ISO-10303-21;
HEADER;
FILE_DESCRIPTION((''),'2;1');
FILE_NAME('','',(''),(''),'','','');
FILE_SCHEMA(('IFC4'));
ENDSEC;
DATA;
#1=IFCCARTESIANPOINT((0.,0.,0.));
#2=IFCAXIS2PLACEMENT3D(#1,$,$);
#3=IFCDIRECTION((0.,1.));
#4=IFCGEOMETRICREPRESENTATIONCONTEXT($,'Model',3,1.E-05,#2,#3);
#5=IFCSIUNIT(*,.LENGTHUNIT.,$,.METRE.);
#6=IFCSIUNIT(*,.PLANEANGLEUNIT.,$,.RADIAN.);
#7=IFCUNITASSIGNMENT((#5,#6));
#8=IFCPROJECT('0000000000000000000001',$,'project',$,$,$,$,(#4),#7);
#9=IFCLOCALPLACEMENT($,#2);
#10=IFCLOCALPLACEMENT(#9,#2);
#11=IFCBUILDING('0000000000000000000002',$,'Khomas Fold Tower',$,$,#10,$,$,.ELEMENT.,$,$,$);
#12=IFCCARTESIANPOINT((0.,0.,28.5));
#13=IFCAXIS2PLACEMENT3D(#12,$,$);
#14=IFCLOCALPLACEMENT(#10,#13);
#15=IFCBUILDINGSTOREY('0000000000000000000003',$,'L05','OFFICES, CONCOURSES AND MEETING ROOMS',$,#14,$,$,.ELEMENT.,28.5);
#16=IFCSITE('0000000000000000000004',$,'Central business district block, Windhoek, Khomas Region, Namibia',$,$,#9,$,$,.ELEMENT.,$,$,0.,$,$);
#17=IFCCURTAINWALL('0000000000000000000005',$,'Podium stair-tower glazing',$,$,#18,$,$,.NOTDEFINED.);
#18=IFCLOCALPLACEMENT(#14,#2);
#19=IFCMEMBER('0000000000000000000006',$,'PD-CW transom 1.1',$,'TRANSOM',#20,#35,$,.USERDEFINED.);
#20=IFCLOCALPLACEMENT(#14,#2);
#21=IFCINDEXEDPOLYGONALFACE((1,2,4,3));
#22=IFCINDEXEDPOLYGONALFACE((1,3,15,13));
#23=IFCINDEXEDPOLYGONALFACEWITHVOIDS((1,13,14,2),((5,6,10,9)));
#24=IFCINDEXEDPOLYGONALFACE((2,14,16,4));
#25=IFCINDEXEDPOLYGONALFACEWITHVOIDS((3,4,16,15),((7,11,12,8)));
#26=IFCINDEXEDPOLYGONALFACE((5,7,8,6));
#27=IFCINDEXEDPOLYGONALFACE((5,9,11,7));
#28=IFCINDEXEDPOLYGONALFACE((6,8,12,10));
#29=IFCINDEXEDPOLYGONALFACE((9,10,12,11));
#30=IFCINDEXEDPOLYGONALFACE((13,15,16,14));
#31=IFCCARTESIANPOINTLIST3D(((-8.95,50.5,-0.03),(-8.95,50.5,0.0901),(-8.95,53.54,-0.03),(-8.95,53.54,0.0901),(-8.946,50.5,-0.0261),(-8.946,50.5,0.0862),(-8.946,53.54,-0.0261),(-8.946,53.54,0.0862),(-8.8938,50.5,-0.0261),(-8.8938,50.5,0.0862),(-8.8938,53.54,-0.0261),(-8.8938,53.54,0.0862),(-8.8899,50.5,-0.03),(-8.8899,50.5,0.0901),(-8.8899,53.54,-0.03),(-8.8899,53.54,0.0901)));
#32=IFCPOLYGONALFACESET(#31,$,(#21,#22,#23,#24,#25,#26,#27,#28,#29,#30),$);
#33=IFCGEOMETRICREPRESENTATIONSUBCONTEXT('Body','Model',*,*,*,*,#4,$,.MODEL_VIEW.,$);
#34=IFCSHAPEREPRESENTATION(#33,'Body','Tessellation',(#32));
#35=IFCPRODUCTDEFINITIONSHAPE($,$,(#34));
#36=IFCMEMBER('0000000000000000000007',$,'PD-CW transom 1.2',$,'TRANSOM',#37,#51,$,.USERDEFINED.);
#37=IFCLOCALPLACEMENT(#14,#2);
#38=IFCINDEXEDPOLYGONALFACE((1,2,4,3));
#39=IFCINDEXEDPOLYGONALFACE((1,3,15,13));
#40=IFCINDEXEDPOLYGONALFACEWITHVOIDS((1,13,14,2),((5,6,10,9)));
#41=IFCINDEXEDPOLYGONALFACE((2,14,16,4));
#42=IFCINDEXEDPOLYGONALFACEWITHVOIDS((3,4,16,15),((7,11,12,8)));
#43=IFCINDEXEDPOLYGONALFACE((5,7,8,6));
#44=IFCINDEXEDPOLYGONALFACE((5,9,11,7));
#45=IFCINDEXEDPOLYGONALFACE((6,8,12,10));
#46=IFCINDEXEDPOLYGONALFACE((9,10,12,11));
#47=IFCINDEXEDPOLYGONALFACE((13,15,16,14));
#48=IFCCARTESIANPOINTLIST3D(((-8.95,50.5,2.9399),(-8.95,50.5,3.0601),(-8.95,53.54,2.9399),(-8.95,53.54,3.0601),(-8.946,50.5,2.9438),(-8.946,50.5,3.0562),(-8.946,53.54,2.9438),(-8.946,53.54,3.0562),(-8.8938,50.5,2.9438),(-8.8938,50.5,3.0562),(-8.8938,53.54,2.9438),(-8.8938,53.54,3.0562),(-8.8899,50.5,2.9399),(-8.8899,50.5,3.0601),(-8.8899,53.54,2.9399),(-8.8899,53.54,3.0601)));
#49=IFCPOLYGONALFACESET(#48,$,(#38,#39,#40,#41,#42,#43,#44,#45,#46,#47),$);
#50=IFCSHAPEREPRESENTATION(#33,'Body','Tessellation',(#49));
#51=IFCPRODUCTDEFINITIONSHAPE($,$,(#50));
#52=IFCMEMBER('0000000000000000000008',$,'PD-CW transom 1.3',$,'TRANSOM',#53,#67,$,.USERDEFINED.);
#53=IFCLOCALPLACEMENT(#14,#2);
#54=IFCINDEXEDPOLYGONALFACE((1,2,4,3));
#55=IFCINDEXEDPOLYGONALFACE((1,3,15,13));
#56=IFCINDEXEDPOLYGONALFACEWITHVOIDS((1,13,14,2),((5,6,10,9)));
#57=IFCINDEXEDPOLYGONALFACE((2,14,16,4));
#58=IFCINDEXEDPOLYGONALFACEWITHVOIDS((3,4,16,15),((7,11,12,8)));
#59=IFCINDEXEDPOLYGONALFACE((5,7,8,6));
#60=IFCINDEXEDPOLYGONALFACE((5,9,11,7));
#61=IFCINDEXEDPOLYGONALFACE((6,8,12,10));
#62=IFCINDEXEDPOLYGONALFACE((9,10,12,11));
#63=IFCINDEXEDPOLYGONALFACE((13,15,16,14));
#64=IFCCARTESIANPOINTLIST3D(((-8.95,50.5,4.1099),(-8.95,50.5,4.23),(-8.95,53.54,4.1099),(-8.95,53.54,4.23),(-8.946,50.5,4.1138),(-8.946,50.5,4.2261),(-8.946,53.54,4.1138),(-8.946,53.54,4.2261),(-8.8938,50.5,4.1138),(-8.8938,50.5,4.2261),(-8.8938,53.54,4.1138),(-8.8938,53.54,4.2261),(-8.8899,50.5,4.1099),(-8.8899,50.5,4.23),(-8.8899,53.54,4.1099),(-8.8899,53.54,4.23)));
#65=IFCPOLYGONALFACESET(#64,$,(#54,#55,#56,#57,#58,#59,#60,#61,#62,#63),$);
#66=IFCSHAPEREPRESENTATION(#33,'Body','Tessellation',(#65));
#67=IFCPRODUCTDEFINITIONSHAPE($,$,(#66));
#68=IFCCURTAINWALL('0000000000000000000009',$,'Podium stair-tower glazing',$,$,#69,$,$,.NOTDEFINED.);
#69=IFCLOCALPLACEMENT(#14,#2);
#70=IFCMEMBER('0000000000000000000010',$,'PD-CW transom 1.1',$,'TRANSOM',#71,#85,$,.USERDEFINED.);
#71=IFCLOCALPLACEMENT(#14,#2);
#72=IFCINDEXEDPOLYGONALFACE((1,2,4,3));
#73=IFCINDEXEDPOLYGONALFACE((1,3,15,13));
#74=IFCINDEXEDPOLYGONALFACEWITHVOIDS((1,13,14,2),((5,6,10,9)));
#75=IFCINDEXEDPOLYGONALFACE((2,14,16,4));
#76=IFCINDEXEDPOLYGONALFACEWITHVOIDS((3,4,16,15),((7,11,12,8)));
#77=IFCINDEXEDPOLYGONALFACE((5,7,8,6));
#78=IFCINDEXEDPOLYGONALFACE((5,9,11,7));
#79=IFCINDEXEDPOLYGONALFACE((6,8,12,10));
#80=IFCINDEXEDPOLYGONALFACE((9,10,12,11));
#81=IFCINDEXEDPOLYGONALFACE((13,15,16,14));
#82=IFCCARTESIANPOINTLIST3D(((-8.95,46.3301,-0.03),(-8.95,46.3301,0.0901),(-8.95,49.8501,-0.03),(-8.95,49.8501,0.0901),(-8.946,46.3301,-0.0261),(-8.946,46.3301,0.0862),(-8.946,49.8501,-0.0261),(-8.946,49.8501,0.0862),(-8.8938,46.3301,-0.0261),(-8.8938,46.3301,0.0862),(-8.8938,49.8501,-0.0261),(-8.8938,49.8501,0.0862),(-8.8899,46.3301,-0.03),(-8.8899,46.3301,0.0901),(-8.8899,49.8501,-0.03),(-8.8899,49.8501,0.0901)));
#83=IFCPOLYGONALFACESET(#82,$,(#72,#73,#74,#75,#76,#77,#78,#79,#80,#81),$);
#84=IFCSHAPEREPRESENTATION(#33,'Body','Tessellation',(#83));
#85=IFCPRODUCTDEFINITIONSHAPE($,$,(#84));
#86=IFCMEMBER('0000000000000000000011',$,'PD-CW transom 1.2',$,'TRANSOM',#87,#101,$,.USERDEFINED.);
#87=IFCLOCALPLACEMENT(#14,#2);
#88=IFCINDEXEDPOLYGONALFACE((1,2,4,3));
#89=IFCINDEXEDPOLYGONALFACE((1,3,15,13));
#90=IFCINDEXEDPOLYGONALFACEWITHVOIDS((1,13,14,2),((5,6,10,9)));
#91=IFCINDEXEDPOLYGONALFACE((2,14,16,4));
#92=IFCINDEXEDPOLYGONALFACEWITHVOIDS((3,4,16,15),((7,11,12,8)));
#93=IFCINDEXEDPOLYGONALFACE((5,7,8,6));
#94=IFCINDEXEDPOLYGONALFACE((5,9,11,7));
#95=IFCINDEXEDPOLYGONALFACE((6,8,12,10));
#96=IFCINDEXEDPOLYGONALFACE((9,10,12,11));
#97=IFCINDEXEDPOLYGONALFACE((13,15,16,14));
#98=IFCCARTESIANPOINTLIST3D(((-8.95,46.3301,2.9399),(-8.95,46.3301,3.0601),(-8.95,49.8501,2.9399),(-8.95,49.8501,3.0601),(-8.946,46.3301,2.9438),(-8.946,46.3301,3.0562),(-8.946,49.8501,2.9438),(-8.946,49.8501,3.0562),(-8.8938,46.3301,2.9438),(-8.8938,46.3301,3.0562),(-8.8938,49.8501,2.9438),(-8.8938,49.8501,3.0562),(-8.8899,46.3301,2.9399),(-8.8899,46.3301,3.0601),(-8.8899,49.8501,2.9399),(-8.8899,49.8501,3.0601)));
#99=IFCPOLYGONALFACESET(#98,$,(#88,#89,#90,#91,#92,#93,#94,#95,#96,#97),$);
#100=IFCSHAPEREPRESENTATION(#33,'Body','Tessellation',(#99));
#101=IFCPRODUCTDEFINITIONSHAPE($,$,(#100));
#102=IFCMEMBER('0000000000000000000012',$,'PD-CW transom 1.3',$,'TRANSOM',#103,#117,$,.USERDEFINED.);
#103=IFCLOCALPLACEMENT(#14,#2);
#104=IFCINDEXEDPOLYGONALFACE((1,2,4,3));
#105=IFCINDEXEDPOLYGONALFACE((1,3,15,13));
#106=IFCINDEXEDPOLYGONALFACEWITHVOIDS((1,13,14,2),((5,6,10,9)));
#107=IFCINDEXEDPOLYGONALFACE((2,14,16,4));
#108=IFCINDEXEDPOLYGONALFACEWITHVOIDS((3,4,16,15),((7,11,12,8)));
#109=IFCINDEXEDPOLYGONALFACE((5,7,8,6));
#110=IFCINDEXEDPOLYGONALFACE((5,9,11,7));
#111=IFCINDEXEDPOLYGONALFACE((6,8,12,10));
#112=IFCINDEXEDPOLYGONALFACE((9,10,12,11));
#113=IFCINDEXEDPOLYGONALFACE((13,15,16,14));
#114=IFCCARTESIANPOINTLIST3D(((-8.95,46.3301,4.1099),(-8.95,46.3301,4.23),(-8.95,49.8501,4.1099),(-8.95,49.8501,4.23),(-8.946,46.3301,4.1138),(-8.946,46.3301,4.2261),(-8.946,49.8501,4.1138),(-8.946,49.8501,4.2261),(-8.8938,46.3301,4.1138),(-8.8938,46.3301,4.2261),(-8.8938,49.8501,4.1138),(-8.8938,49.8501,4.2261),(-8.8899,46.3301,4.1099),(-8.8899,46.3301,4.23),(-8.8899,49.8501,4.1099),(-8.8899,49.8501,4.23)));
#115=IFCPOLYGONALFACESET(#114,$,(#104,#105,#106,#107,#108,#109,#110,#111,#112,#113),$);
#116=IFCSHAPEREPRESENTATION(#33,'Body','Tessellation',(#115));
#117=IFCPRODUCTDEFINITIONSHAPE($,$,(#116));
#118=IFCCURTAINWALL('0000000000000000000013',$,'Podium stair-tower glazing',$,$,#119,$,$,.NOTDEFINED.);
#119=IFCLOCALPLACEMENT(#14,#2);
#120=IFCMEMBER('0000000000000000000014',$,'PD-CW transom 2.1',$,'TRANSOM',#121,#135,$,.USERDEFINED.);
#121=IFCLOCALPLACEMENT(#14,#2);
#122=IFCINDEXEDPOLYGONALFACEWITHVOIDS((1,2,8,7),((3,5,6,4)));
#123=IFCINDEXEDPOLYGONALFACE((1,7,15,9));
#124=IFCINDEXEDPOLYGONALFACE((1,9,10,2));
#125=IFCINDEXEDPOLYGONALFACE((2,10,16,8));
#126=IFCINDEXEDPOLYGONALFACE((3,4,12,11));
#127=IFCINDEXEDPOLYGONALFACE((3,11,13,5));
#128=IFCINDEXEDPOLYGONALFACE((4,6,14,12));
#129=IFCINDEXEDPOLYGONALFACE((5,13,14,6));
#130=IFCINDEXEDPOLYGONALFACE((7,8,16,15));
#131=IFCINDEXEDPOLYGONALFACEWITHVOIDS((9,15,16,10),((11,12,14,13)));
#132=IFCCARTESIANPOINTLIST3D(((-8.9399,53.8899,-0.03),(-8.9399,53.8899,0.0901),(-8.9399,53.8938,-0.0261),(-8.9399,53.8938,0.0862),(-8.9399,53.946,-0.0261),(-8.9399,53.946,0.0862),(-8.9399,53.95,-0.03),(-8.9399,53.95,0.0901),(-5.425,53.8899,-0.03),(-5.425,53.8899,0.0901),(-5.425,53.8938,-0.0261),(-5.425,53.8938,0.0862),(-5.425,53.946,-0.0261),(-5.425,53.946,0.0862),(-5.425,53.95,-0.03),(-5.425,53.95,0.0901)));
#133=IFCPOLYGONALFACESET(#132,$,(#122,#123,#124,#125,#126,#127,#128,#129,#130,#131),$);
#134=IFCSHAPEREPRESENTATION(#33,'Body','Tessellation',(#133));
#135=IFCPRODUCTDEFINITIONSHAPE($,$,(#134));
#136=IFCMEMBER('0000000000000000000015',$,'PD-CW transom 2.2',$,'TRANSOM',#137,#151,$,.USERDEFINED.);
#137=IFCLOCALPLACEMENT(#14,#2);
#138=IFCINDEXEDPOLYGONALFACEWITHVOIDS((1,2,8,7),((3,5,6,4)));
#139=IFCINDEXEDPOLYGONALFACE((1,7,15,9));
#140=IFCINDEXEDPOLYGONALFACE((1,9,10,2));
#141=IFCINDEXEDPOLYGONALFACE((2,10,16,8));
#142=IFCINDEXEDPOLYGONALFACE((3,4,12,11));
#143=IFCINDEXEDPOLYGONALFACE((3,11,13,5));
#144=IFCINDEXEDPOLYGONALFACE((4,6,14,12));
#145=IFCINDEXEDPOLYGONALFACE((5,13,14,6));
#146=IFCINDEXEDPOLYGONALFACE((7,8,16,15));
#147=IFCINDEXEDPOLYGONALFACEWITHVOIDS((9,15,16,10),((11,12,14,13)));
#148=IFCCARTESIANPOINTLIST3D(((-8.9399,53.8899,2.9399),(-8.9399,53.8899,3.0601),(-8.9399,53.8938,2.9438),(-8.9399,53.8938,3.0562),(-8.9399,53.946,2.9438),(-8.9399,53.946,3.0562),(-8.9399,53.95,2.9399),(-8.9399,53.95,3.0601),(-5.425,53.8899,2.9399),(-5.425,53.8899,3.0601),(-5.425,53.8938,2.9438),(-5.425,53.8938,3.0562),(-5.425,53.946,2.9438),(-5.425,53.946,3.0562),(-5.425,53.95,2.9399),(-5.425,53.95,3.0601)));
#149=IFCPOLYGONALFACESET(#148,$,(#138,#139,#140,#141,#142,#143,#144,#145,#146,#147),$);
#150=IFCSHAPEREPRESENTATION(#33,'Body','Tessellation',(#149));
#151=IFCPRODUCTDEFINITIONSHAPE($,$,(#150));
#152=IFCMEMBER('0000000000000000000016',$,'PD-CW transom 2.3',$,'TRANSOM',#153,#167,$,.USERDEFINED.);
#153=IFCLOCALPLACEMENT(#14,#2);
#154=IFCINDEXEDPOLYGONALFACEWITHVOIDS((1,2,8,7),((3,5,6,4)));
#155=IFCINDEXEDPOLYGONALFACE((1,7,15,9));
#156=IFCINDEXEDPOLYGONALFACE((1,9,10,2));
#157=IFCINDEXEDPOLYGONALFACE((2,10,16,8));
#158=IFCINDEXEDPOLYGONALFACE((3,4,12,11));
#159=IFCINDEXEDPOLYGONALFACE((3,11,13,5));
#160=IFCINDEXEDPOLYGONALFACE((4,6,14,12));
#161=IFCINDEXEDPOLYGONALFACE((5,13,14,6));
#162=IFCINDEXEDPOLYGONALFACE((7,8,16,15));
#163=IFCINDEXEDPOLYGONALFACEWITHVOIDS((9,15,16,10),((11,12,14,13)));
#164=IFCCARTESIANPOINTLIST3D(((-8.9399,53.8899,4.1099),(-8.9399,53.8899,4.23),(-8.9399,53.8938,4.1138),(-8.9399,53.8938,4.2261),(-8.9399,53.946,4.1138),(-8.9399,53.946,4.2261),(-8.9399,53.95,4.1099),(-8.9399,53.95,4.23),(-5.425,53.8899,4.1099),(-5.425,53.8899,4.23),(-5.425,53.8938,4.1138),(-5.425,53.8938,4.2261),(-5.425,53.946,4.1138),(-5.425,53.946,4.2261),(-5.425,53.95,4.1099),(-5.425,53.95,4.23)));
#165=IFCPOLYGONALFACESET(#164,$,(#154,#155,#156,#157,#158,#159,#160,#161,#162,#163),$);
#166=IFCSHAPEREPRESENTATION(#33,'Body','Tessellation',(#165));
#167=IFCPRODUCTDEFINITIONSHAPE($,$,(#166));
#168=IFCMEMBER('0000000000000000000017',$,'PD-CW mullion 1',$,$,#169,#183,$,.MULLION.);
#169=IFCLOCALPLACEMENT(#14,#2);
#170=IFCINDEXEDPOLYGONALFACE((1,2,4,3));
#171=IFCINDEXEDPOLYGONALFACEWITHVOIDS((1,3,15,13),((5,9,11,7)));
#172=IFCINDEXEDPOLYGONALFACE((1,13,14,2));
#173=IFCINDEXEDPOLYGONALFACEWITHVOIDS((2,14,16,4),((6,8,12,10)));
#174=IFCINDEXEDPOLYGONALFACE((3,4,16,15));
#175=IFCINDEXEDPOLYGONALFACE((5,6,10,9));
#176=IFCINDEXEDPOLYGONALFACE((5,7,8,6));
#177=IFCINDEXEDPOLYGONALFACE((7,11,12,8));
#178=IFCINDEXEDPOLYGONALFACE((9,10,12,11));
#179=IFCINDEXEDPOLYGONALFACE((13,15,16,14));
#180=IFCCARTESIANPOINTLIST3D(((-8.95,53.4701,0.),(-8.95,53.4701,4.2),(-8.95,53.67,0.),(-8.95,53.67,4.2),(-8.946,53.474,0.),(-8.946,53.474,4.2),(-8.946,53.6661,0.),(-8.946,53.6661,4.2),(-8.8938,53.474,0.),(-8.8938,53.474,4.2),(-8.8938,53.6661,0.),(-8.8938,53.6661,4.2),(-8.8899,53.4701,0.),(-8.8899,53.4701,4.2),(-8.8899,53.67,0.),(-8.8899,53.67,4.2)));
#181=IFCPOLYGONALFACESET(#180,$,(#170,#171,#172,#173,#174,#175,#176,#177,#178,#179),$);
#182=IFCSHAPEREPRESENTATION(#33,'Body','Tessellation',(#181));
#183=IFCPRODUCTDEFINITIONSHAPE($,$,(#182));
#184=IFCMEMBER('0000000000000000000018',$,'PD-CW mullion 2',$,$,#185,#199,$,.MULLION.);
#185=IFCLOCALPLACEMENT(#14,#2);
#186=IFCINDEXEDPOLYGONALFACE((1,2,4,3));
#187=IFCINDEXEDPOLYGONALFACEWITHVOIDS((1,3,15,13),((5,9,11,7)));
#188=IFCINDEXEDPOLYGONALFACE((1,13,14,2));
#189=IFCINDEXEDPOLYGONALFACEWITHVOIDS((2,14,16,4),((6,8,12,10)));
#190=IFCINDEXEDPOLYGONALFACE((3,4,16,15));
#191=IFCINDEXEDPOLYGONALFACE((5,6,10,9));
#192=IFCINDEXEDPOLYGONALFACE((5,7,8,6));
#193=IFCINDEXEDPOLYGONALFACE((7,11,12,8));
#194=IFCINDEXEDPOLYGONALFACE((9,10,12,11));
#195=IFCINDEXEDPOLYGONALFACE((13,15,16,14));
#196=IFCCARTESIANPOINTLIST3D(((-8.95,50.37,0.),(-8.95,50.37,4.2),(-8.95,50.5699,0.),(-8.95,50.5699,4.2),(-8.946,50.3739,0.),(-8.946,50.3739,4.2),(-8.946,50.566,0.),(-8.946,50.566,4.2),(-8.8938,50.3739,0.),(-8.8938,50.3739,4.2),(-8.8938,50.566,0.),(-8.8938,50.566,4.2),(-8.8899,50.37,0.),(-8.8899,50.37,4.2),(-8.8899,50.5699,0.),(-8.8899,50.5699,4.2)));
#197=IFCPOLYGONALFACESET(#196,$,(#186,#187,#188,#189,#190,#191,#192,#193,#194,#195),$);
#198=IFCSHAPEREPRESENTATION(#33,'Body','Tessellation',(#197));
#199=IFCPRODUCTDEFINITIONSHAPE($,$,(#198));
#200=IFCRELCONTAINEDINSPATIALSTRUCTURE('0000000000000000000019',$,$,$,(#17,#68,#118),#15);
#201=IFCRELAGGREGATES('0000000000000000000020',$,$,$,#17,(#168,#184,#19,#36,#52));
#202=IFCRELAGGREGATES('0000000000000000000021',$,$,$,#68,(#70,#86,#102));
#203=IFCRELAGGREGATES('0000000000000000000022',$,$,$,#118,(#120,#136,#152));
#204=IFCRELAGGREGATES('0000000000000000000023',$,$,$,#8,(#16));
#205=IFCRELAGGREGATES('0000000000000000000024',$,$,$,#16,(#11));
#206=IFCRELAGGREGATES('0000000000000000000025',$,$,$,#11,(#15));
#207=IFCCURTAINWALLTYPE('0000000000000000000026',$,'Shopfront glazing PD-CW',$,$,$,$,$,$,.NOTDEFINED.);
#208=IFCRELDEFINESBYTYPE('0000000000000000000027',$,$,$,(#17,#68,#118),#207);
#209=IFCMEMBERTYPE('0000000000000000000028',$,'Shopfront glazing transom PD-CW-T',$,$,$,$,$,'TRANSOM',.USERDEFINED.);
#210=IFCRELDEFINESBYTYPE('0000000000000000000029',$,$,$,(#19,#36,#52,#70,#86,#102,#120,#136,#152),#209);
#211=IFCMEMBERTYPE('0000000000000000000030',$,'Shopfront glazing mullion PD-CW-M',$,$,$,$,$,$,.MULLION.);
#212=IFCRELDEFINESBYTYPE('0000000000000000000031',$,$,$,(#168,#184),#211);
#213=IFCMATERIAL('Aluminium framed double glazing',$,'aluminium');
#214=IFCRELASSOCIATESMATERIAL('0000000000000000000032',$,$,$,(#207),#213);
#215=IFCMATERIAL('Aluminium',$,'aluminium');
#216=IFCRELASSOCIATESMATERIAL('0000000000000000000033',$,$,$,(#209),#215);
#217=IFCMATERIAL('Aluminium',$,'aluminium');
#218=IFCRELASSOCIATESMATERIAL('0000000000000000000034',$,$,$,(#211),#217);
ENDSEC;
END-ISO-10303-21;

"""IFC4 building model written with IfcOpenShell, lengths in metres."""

from ifc_helpers import new_model, si_unit, direction, frame, origin, origin_2d, place, context, subcontext, project, spatial, hollow_rectangle, extrude, source, transform, mapped, material, material_profile, profile_set, type_object, element, aggregate, save


model = new_model("IFC4")

# Units and contexts
model_context = context("Model", 3, precision=1e-05, world=origin(), true_north=direction((0.0, 1.0)))
body_context = subcontext(model_context, "Body", "Model", "MODEL_VIEW")
ifc_project = project(units=[si_unit("LENGTHUNIT", "METRE"), si_unit("PLANEANGLEUNIT", "RADIAN")], contexts=[model_context])

# Site, building, storey
site_placement = place(None, origin())
site = spatial("IfcSite", under=ifc_project, at=site_placement, Name="Central business district block, Windhoek, Khomas Region, Namibia", CompositionType="ELEMENT", RefElevation=0.0)
building_placement = place(site_placement, origin())
building = spatial("IfcBuilding", under=site, at=building_placement, Name="Khomas Fold Tower", CompositionType="ELEMENT")
storey_placement = place(building_placement, frame((0.0, 0.0, 28.5)))
storey = spatial("IfcBuildingStorey", under=building, at=storey_placement, Name="L05", Description="OFFICES, CONCOURSES AND MEETING ROOMS", CompositionType="ELEMENT", Elevation=28.5)

# Curtain walls, members
ifc_material_1 = material(Name="Aluminium framed double glazing", Category="aluminium")
curtain_wall_type = type_object("IfcCurtainWallType", Name="Shopfront glazing PD-CW", PredefinedType="NOTDEFINED", material=ifc_material_1)
curtain_wall_1_placement = place(storey_placement, origin())
curtain_wall_1 = element("IfcCurtainWall", 1, at=curtain_wall_1_placement, inside=storey, type_object=curtain_wall_type, Name="Podium stair-tower glazing", PredefinedType="NOTDEFINED")
ifc_material_2 = material(Name="Aluminium", Category="aluminium")
ifc_material_profile_1 = material_profile(ifc_material_2, hollow_rectangle(XDim=0.0601, YDim=0.1201, WallThickness=0.0039, at=origin_2d()), Name="Shopfront glazing transom PD-CW-T")
ifc_profile_set_1 = profile_set([ifc_material_profile_1], Name="Aluminium")
member_type_1 = type_object("IfcMemberType", Name="Shopfront glazing transom PD-CW-T", ElementType="TRANSOM", PredefinedType="USERDEFINED", material=ifc_profile_set_1)
shared_shape_1 = source(origin(), body_context, "Body", "SweptSolid", [
    extrude(hollow_rectangle(XDim=0.0601, YDim=0.1201, WallThickness=0.0039, at=origin_2d()), origin(), (0.0, 0.0, 1.0), 3.04),
])
member_1_placement = place(storey_placement, frame((-8.9199, 53.54, 0.03), z_axis=(0.0, -1.0, 0.0), x_axis=(1.0, 0.0, 0.0)))
member_1 = element("IfcMember", 2, at=member_1_placement, type_object=member_type_1, Name="PD-CW transom 1.1", ObjectType="TRANSOM", PredefinedType="USERDEFINED", context=body_context, shape_type="MappedRepresentation", body=[
    mapped(shared_shape_1, transform((0.0, 0.0, 0.0))),
])
member_2_placement = place(storey_placement, frame((-8.9199, 53.54, 3.0), z_axis=(0.0, -1.0, 0.0), x_axis=(1.0, 0.0, 0.0)))
member_2 = element("IfcMember", 3, at=member_2_placement, type_object=member_type_1, Name="PD-CW transom 1.2", ObjectType="TRANSOM", PredefinedType="USERDEFINED", context=body_context, shape_type="MappedRepresentation", body=[
    mapped(shared_shape_1, transform((0.0, 0.0, 0.0))),
])
member_3_placement = place(storey_placement, frame((-8.9199, 53.54, 4.1699), z_axis=(0.0, -1.0, 0.0), x_axis=(1.0, 0.0, 0.0)))
member_3 = element("IfcMember", 4, at=member_3_placement, type_object=member_type_1, Name="PD-CW transom 1.3", ObjectType="TRANSOM", PredefinedType="USERDEFINED", context=body_context, shape_type="MappedRepresentation", body=[
    mapped(shared_shape_1, transform((0.0, 0.0, 0.0))),
])
curtain_wall_2_placement = place(storey_placement, origin())
curtain_wall_2 = element("IfcCurtainWall", 5, at=curtain_wall_2_placement, inside=storey, type_object=curtain_wall_type, Name="Podium stair-tower glazing", PredefinedType="NOTDEFINED")
shared_shape_2 = source(origin(), body_context, "Body", "SweptSolid", [
    extrude(hollow_rectangle(XDim=0.0601, YDim=0.1201, WallThickness=0.0039, at=origin_2d()), origin(), (0.0, 0.0, 1.0), 3.52),
])
member_4_placement = place(storey_placement, frame((-8.9199, 49.8501, 0.03), z_axis=(0.0, -1.0, 0.0), x_axis=(1.0, 0.0, 0.0)))
member_4 = element("IfcMember", 6, at=member_4_placement, type_object=member_type_1, Name="PD-CW transom 1.1", ObjectType="TRANSOM", PredefinedType="USERDEFINED", context=body_context, shape_type="MappedRepresentation", body=[
    mapped(shared_shape_2, transform((0.0, 0.0, 0.0))),
])
member_5_placement = place(storey_placement, frame((-8.9199, 49.8501, 3.0), z_axis=(0.0, -1.0, 0.0), x_axis=(1.0, 0.0, 0.0)))
member_5 = element("IfcMember", 7, at=member_5_placement, type_object=member_type_1, Name="PD-CW transom 1.2", ObjectType="TRANSOM", PredefinedType="USERDEFINED", context=body_context, shape_type="MappedRepresentation", body=[
    mapped(shared_shape_2, transform((0.0, 0.0, 0.0))),
])
member_6_placement = place(storey_placement, frame((-8.9199, 49.8501, 4.1699), z_axis=(0.0, -1.0, 0.0), x_axis=(1.0, 0.0, 0.0)))
member_6 = element("IfcMember", 8, at=member_6_placement, type_object=member_type_1, Name="PD-CW transom 1.3", ObjectType="TRANSOM", PredefinedType="USERDEFINED", context=body_context, shape_type="MappedRepresentation", body=[
    mapped(shared_shape_2, transform((0.0, 0.0, 0.0))),
])
curtain_wall_3_placement = place(storey_placement, origin())
curtain_wall_3 = element("IfcCurtainWall", 9, at=curtain_wall_3_placement, inside=storey, type_object=curtain_wall_type, Name="Podium stair-tower glazing", PredefinedType="NOTDEFINED")
shared_shape_3 = source(origin(), body_context, "Body", "SweptSolid", [
    extrude(hollow_rectangle(XDim=0.0601, YDim=0.1201, WallThickness=0.0039, at=origin_2d()), origin(), (0.0, 0.0, 1.0), 3.5149),
])
member_7_placement = place(storey_placement, frame((-5.425, 53.9199, 0.03), z_axis=(-1.0, 0.0, 0.0), x_axis=(0.0, -1.0, 0.0)))
member_7 = element("IfcMember", 10, at=member_7_placement, type_object=member_type_1, Name="PD-CW transom 2.1", ObjectType="TRANSOM", PredefinedType="USERDEFINED", context=body_context, shape_type="MappedRepresentation", body=[
    mapped(shared_shape_3, transform((0.0, 0.0, 0.0))),
])
member_8_placement = place(storey_placement, frame((-5.425, 53.9199, 3.0), z_axis=(-1.0, 0.0, 0.0), x_axis=(0.0, -1.0, 0.0)))
member_8 = element("IfcMember", 11, at=member_8_placement, type_object=member_type_1, Name="PD-CW transom 2.2", ObjectType="TRANSOM", PredefinedType="USERDEFINED", context=body_context, shape_type="MappedRepresentation", body=[
    mapped(shared_shape_3, transform((0.0, 0.0, 0.0))),
])
member_9_placement = place(storey_placement, frame((-5.425, 53.9199, 4.1699), z_axis=(-1.0, 0.0, 0.0), x_axis=(0.0, -1.0, 0.0)))
member_9 = element("IfcMember", 12, at=member_9_placement, type_object=member_type_1, Name="PD-CW transom 2.3", ObjectType="TRANSOM", PredefinedType="USERDEFINED", context=body_context, shape_type="MappedRepresentation", body=[
    mapped(shared_shape_3, transform((0.0, 0.0, 0.0))),
])

# Members
ifc_material_3 = material(Name="Aluminium", Category="aluminium")
ifc_material_profile_2 = material_profile(ifc_material_3, hollow_rectangle(XDim=0.0601, YDim=0.2, WallThickness=0.0039, at=origin_2d()), Name="Shopfront glazing mullion PD-CW-M")
ifc_profile_set_2 = profile_set([ifc_material_profile_2], Name="Aluminium")
member_type_2 = type_object("IfcMemberType", Name="Shopfront glazing mullion PD-CW-M", PredefinedType="MULLION", material=ifc_profile_set_2)
shared_shape_4 = source(origin(), body_context, "Body", "SweptSolid", [
    extrude(hollow_rectangle(XDim=0.0601, YDim=0.2, WallThickness=0.0039, at=origin_2d()), origin(), (0.0, 0.0, 1.0), 4.2),
])
member_10_placement = place(storey_placement, frame((-8.9199, 53.5701, 0.0), z_axis=(0.0, 0.0, 1.0), x_axis=(1.0, 0.0, 0.0)))
member_10 = element("IfcMember", 13, at=member_10_placement, type_object=member_type_2, Name="PD-CW mullion 1", PredefinedType="MULLION", context=body_context, shape_type="MappedRepresentation", body=[
    mapped(shared_shape_4, transform((0.0, 0.0, 0.0))),
])
member_11_placement = place(storey_placement, frame((-8.9199, 50.47, 0.0), z_axis=(0.0, 0.0, 1.0), x_axis=(1.0, 0.0, 0.0)))
member_11 = element("IfcMember", 14, at=member_11_placement, type_object=member_type_2, Name="PD-CW mullion 2", PredefinedType="MULLION", context=body_context, shape_type="MappedRepresentation", body=[
    mapped(shared_shape_4, transform((0.0, 0.0, 0.0))),
])

aggregate(curtain_wall_1, [member_10, member_11, member_1, member_2, member_3])
aggregate(curtain_wall_2, [member_4, member_5, member_6])
aggregate(curtain_wall_3, [member_7, member_8, member_9])

save(model, "model.ifc")
